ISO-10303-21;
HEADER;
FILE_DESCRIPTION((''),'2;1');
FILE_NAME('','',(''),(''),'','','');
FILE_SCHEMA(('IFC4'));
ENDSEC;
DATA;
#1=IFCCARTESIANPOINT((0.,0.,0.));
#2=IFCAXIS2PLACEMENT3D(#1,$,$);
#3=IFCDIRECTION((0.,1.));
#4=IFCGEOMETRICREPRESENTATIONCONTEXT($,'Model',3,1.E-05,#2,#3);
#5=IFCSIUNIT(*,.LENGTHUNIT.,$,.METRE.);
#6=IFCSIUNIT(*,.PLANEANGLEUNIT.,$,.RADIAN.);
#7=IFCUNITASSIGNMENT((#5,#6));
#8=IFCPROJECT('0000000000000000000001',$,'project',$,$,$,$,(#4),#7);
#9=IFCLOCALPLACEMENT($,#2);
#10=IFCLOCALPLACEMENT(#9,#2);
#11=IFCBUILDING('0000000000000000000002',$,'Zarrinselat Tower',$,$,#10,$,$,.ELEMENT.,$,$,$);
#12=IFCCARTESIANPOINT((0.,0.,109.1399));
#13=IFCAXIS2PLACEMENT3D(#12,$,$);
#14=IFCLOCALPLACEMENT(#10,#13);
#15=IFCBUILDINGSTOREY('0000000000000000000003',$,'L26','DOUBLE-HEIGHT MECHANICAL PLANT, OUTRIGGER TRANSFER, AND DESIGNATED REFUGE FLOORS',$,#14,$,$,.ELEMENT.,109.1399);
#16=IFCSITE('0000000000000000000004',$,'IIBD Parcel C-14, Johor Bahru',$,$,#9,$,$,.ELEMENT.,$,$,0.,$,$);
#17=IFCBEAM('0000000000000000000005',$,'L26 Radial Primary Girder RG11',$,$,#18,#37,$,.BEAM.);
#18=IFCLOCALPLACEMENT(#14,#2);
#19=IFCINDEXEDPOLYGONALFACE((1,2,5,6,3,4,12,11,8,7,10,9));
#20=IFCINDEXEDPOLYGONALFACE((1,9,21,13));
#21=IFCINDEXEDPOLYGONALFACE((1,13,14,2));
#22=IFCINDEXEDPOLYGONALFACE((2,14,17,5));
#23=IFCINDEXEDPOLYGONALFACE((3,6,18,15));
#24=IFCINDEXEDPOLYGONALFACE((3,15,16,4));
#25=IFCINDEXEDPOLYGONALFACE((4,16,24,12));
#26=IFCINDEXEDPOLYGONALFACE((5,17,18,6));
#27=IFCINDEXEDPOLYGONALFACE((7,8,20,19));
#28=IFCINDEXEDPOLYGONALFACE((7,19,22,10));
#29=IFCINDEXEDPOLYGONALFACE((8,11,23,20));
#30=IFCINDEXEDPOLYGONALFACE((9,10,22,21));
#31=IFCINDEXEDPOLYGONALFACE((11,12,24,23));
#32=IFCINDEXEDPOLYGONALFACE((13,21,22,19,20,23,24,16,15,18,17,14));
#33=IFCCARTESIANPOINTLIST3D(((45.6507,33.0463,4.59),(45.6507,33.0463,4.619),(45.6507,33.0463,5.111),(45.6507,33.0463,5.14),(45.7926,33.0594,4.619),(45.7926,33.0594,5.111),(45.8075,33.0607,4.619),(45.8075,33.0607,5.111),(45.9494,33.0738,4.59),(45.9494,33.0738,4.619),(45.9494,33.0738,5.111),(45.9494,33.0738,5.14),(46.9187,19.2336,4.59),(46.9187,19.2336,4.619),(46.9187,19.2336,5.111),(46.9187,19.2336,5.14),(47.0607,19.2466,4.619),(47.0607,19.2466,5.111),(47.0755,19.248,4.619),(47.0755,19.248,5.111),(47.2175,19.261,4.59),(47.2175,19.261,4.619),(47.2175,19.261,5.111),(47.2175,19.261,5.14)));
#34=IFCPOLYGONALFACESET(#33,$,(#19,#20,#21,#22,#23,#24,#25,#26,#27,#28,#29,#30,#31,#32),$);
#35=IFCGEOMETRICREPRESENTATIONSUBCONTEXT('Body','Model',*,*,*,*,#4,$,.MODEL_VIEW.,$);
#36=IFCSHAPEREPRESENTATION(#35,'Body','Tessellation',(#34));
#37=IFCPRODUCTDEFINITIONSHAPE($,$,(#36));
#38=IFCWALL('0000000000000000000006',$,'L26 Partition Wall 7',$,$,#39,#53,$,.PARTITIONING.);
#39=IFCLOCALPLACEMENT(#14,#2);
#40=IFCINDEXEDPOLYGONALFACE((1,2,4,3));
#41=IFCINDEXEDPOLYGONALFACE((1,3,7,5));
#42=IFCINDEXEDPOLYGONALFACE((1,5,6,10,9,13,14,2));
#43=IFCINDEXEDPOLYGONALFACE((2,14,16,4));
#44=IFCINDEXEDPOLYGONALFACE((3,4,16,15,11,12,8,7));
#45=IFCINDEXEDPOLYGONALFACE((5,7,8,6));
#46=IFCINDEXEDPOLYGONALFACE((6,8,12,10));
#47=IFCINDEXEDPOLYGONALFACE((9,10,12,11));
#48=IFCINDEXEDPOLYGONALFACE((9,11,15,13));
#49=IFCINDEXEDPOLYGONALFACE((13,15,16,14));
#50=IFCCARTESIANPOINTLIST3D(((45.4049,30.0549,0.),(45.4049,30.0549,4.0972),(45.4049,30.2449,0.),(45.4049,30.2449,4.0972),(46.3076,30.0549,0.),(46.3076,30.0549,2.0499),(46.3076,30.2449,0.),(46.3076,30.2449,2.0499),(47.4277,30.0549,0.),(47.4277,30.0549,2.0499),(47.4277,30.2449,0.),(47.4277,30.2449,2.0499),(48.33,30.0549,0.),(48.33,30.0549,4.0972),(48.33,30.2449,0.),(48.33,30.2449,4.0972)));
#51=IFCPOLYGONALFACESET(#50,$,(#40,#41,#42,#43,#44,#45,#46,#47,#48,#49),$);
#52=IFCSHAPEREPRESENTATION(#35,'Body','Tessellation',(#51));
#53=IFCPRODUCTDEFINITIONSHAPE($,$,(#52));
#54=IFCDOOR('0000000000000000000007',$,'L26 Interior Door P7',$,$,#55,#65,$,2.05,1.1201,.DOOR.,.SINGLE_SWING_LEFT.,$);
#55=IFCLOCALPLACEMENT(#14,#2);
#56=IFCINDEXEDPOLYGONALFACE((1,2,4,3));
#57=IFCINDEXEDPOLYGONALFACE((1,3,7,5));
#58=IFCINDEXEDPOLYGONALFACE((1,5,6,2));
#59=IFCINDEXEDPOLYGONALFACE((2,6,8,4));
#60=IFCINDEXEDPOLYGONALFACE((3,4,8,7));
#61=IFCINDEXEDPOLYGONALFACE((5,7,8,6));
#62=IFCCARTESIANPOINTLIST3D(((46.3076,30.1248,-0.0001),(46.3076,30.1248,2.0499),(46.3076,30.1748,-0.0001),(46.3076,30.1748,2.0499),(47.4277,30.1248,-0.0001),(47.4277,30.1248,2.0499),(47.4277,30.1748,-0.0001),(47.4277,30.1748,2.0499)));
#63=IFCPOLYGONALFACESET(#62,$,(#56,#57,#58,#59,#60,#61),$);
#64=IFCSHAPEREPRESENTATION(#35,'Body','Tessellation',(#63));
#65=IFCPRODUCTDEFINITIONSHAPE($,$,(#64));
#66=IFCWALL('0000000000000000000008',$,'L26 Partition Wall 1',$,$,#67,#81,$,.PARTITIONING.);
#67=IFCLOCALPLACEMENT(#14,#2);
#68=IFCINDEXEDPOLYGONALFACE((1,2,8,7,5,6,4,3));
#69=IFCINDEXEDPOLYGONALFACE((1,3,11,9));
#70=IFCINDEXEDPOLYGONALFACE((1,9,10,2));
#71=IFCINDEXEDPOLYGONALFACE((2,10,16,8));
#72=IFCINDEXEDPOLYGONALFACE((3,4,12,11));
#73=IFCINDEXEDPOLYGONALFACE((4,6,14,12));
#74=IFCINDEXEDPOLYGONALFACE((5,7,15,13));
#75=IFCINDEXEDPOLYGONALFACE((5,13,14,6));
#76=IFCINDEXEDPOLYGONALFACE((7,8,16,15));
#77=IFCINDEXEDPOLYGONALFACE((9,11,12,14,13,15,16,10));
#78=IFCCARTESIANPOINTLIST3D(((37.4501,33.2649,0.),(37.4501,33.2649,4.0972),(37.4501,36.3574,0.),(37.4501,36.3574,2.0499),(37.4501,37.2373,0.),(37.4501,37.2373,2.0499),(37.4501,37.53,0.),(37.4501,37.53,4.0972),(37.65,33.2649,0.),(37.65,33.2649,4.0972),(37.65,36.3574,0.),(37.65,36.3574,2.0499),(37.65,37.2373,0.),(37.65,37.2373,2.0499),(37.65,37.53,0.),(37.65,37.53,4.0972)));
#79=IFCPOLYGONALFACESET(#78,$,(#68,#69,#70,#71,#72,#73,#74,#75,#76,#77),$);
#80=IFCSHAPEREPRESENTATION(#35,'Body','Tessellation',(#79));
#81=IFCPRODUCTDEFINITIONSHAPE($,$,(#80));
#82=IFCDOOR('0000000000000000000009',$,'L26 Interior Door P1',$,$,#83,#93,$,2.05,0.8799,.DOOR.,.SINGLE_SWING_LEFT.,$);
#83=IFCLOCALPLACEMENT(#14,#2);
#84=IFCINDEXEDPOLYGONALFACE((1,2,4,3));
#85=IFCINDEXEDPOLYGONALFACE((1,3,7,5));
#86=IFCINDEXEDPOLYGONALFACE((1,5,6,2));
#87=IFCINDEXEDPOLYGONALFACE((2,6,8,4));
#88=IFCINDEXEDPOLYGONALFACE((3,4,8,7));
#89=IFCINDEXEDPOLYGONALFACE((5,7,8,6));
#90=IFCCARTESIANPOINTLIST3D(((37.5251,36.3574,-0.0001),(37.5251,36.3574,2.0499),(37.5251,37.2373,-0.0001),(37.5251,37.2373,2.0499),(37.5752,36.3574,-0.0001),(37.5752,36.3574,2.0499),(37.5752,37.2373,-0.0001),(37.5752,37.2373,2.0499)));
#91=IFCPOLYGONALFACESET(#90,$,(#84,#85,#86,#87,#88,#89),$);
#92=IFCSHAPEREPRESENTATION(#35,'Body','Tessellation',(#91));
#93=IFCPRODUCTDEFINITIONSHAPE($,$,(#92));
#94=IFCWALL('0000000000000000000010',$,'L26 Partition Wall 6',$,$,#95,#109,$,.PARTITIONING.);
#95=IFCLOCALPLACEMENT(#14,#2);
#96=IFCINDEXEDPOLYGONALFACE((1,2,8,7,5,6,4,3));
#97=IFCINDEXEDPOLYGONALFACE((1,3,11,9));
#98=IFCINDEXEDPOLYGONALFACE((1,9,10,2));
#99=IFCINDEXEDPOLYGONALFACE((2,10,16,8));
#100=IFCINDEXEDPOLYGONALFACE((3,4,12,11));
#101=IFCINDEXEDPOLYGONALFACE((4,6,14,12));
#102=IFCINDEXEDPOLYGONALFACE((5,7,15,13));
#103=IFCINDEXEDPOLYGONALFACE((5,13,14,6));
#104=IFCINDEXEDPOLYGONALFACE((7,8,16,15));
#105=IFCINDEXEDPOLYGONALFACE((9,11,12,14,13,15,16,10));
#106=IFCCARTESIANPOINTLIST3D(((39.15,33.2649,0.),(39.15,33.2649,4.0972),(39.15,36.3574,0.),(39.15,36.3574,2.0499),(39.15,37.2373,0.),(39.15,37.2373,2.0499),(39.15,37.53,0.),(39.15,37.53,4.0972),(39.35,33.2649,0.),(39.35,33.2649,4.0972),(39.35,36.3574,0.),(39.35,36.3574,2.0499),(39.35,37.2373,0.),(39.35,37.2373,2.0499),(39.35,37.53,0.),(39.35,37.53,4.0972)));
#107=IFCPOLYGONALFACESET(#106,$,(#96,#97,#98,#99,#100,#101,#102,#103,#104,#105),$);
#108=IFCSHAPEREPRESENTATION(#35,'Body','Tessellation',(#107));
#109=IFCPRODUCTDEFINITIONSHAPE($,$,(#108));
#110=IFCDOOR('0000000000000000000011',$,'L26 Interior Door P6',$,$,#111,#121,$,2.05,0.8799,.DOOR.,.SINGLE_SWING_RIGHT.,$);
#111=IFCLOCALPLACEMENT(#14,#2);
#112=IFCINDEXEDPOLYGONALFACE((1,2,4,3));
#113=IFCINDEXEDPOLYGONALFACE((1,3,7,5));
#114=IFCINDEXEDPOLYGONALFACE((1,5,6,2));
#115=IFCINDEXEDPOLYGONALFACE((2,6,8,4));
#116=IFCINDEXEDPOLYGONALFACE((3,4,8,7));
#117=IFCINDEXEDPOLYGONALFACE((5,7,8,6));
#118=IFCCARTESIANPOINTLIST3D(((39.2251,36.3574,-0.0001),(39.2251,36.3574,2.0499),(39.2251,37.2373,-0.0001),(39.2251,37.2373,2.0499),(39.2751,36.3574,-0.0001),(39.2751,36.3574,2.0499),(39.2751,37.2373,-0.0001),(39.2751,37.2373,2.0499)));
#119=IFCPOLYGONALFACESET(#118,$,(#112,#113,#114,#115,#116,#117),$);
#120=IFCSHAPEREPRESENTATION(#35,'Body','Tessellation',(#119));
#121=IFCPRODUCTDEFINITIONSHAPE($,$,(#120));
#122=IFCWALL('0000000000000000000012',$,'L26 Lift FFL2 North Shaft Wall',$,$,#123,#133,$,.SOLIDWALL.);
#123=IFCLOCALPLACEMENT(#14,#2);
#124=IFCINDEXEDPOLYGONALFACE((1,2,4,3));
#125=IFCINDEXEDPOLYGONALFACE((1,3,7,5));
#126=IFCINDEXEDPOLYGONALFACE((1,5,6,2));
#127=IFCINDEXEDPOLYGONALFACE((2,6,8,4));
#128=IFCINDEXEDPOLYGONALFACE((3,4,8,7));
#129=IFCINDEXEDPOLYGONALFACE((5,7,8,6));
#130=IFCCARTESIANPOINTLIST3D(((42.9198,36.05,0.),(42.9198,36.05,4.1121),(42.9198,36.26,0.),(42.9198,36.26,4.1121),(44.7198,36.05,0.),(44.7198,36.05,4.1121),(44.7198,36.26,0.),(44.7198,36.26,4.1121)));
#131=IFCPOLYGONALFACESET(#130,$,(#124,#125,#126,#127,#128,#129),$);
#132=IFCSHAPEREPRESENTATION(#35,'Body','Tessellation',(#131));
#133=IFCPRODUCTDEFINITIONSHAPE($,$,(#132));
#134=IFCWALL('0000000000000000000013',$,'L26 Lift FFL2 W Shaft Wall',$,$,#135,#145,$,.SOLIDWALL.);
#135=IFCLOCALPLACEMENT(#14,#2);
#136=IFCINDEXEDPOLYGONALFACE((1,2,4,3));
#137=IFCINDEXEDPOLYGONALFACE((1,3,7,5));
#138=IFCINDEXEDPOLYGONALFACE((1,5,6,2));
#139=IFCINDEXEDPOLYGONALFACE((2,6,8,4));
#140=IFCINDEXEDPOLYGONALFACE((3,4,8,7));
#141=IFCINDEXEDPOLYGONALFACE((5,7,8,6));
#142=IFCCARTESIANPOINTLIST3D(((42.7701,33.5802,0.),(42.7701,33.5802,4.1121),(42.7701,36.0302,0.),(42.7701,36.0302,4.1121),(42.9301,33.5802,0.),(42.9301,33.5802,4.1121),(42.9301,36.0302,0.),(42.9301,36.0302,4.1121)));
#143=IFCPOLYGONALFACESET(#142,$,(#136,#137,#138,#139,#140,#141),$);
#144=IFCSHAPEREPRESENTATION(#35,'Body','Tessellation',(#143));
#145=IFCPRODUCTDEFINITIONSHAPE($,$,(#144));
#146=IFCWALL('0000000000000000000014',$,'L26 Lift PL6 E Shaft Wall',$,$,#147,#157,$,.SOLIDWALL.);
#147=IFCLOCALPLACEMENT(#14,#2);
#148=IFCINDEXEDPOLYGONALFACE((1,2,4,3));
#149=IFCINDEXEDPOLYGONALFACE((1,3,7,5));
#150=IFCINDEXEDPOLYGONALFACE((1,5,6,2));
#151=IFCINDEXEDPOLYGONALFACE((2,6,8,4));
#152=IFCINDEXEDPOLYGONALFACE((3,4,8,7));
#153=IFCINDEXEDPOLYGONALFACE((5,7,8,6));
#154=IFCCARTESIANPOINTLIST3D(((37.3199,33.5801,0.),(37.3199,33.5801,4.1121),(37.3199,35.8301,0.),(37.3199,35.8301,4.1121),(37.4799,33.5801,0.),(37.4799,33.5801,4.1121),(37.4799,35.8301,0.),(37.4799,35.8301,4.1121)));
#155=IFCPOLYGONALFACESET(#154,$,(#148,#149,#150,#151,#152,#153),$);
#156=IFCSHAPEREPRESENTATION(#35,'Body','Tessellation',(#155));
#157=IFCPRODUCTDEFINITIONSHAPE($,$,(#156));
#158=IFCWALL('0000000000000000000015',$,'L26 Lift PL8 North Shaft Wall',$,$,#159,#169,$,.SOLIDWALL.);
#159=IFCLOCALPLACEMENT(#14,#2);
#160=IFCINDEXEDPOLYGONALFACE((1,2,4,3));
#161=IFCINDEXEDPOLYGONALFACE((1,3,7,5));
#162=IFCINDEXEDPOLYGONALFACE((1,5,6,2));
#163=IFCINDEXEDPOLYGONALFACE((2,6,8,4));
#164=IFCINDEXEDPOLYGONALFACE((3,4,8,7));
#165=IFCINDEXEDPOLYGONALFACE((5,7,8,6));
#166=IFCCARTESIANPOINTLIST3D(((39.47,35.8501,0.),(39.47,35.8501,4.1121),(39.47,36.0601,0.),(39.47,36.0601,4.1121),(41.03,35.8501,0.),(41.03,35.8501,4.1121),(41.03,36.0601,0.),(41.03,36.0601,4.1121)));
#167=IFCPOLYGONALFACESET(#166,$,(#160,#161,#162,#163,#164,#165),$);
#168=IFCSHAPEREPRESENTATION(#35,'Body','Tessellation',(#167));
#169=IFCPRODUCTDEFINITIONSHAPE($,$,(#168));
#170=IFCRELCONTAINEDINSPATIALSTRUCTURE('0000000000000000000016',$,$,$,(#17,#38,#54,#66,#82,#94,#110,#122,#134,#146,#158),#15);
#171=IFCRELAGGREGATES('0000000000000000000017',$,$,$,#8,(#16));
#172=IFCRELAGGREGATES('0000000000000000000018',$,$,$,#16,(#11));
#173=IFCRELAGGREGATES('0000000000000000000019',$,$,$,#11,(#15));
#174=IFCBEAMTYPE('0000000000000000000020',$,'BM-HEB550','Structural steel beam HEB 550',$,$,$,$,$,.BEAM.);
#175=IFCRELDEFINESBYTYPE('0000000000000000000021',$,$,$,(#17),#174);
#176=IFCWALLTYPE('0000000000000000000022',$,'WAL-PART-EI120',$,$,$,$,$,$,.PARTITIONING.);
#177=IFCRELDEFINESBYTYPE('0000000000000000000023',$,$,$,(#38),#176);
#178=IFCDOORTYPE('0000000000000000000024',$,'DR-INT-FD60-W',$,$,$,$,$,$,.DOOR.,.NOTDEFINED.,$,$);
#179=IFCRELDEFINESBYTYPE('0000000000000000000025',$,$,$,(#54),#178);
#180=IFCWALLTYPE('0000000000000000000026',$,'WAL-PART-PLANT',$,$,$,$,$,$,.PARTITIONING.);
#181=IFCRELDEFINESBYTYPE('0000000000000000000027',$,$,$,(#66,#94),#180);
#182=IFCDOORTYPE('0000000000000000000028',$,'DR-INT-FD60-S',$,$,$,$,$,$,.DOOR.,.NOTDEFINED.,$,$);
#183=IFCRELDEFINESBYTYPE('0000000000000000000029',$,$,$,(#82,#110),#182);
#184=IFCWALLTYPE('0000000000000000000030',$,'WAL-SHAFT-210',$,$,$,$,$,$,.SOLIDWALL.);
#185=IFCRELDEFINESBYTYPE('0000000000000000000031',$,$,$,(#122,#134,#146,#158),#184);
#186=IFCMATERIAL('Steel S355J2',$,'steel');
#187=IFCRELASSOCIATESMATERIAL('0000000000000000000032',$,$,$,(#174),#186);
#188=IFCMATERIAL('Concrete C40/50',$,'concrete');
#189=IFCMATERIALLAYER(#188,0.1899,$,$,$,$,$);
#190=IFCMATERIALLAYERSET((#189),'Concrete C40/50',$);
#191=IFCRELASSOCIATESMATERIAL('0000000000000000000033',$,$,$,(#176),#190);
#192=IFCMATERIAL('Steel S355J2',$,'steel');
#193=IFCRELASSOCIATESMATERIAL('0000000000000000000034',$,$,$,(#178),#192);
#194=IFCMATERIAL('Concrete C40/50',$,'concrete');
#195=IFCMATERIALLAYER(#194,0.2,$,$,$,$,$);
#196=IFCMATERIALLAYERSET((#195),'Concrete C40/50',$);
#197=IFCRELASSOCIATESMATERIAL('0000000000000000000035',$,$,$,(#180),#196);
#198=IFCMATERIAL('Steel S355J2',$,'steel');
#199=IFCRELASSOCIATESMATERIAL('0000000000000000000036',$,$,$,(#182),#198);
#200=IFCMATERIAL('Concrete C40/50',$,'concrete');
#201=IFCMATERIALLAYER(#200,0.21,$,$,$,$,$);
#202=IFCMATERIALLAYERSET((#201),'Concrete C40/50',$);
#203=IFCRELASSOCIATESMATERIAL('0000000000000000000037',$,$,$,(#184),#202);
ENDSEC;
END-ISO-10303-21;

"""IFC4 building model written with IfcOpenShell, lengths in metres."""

from ifc_helpers import new_model, si_unit, direction, frame, frame_2d, origin, origin_2d, place, context, subcontext, project, spatial, rectangle, i_section, extrude, material, layer, layer_set, material_profile, profile_set, type_object, element, fill, save


model = new_model("IFC4")

# Units and contexts
model_context = context("Model", 3, precision=1e-05, world=origin(), true_north=direction((0.0, 1.0)))
body_context = subcontext(model_context, "Body", "Model", "MODEL_VIEW")
ifc_project = project(units=[si_unit("LENGTHUNIT", "METRE"), si_unit("PLANEANGLEUNIT", "RADIAN")], contexts=[model_context])

# Site, building, storey
site_placement = place(None, origin())
site = spatial("IfcSite", under=ifc_project, at=site_placement, Name="IIBD Parcel C-14, Johor Bahru", CompositionType="ELEMENT", RefElevation=0.0)
building_placement = place(site_placement, origin())
building = spatial("IfcBuilding", under=site, at=building_placement, Name="Zarrinselat Tower", CompositionType="ELEMENT")
storey_placement = place(building_placement, frame((0.0, 0.0, 109.1399)))
storey = spatial("IfcBuildingStorey", under=building, at=storey_placement, Name="L26", Description="DOUBLE-HEIGHT MECHANICAL PLANT, OUTRIGGER TRANSFER, AND DESIGNATED REFUGE FLOORS", CompositionType="ELEMENT", Elevation=109.1399)

# Beam
ifc_material_1 = material(Name="Steel S355J2", Category="steel")
ifc_material_profile = material_profile(ifc_material_1, i_section(OverallWidth=0.3, OverallDepth=0.55, WebThickness=0.0149, FlangeThickness=0.0291, at=origin_2d()), Name="HEB 550")
ifc_profile_set = profile_set([ifc_material_profile], Name="Steel S355J2")
beam_type = type_object("IfcBeamType", Name="BM-HEB550", Description="Structural steel beam HEB 550", PredefinedType="BEAM", material=ifc_profile_set)
beam_placement = place(storey_placement, frame((45.8, 33.0601, 4.865), z_axis=(0.09142, -0.995812, 0.0), x_axis=(0.995812, 0.09142, 0.0)))
element("IfcBeam", 1, at=beam_placement, inside=storey, type_object=beam_type, Name="L26 Radial Primary Girder RG11", PredefinedType="BEAM", context=body_context, shape_type="SweptSolid", body=[
    extrude(i_section(OverallWidth=0.3, OverallDepth=0.55, WebThickness=0.0149, FlangeThickness=0.0291, at=origin_2d()), origin(), (0.0, 0.0, 1.0), 13.8708),
])

# Walls, openings, doors
ifc_material_2 = material(Name="Concrete C40/50", Category="concrete")
ifc_layer_1 = layer(ifc_material_2, 0.1899)
ifc_layer_set_1 = layer_set([ifc_layer_1], Name="Concrete C40/50")
wall_type_1 = type_object("IfcWallType", Name="WAL-PART-EI120", PredefinedType="PARTITIONING", material=ifc_layer_set_1)
wall_1_placement = place(storey_placement, frame((45.405, 30.1499, 0.0), z_axis=(0.0, 0.0, 1.0), x_axis=(1.0, 0.0, 0.0)))
wall_1 = element("IfcWall", 2, at=wall_1_placement, inside=storey, type_object=wall_type_1, Name="L26 Partition Wall 7", PredefinedType="PARTITIONING", context=body_context, shape_type="SweptSolid", body=[
    extrude(rectangle(XDim=2.925, YDim=0.1899, at=frame_2d((1.4624, 0.0))), origin(), (0.0, 0.0, 1.0), 4.0972),
])
opening_1_placement = place(wall_1_placement, frame((0.9026, 0.0, 0.0)))
opening_1 = element("IfcOpeningElement", 3, at=opening_1_placement, cuts=wall_1, PredefinedType="OPENING", context=body_context, shape_type="SweptSolid", body=[
    extrude(rectangle(XDim=1.1201, YDim=2.05, at=frame_2d((0.5601, 1.0249))), frame((0.0, 0.105, 0.0), z_axis=(0.0, -1.0, 0.0), x_axis=(1.0, 0.0, 0.0)), (0.0, 0.0, 1.0), 0.21),
])
ifc_material_3 = material(Name="Steel S355J2", Category="steel")
door_type_1 = type_object("IfcDoorType", Name="DR-INT-FD60-W", OperationType="NOTDEFINED", PredefinedType="DOOR", material=ifc_material_3)
door_1_placement = place(opening_1_placement, origin())
door_1 = element("IfcDoor", 4, at=door_1_placement, inside=storey, type_object=door_type_1, Name="L26 Interior Door P7", OperationType="SINGLE_SWING_LEFT", OverallHeight=2.05, OverallWidth=1.1201, PredefinedType="DOOR", context=body_context, shape_type="SweptSolid", body=[
    extrude(rectangle(XDim=1.1201, YDim=2.05, at=frame_2d((0.5601, 1.0249))), frame((0.0, 0.0249, 0.0), z_axis=(0.0, -1.0, 0.0), x_axis=(1.0, 0.0, 0.0)), (0.0, 0.0, 1.0), 0.05),
])
fill(opening_1, door_1)
ifc_material_4 = material(Name="Concrete C40/50", Category="concrete")
ifc_layer_2 = layer(ifc_material_4, 0.2)
ifc_layer_set_2 = layer_set([ifc_layer_2], Name="Concrete C40/50")
wall_type_2 = type_object("IfcWallType", Name="WAL-PART-PLANT", PredefinedType="PARTITIONING", material=ifc_layer_set_2)
wall_2_placement = place(storey_placement, frame((37.55, 33.2649, 0.0), z_axis=(0.0, 0.0, 1.0), x_axis=(0.0, 1.0, 0.0)))
wall_2 = element("IfcWall", 5, at=wall_2_placement, inside=storey, type_object=wall_type_2, Name="L26 Partition Wall 1", PredefinedType="PARTITIONING", context=body_context, shape_type="SweptSolid", body=[
    extrude(rectangle(XDim=4.2651, YDim=0.2, at=frame_2d((2.1326, 0.0))), origin(), (0.0, 0.0, 1.0), 4.0972),
])
opening_2_placement = place(wall_2_placement, frame((3.0925, 0.0, 0.0)))
opening_2 = element("IfcOpeningElement", 6, at=opening_2_placement, cuts=wall_2, PredefinedType="OPENING", context=body_context, shape_type="SweptSolid", body=[
    extrude(rectangle(XDim=0.8799, YDim=2.05, at=frame_2d((0.4399, 1.0249))), frame((0.0, 0.1099, 0.0), z_axis=(0.0, -1.0, 0.0), x_axis=(1.0, 0.0, 0.0)), (0.0, 0.0, 1.0), 0.22),
])
ifc_material_5 = material(Name="Steel S355J2", Category="steel")
door_type_2 = type_object("IfcDoorType", Name="DR-INT-FD60-S", OperationType="NOTDEFINED", PredefinedType="DOOR", material=ifc_material_5)
door_2_placement = place(opening_2_placement, origin())
door_2 = element("IfcDoor", 7, at=door_2_placement, inside=storey, type_object=door_type_2, Name="L26 Interior Door P1", OperationType="SINGLE_SWING_LEFT", OverallHeight=2.05, OverallWidth=0.8799, PredefinedType="DOOR", context=body_context, shape_type="SweptSolid", body=[
    extrude(rectangle(XDim=0.8799, YDim=2.05, at=frame_2d((0.4399, 1.0249))), frame((0.0, 0.0249, 0.0), z_axis=(0.0, -1.0, 0.0), x_axis=(1.0, 0.0, 0.0)), (0.0, 0.0, 1.0), 0.05),
])
fill(opening_2, door_2)
wall_3_placement = place(storey_placement, frame((39.25, 33.2649, 0.0), z_axis=(0.0, 0.0, 1.0), x_axis=(0.0, 1.0, 0.0)))
wall_3 = element("IfcWall", 8, at=wall_3_placement, inside=storey, type_object=wall_type_2, Name="L26 Partition Wall 6", PredefinedType="PARTITIONING", context=body_context, shape_type="SweptSolid", body=[
    extrude(rectangle(XDim=4.2651, YDim=0.2, at=frame_2d((2.1326, 0.0))), origin(), (0.0, 0.0, 1.0), 4.0972),
])
opening_3_placement = place(wall_3_placement, frame((3.0925, 0.0, 0.0)))
opening_3 = element("IfcOpeningElement", 9, at=opening_3_placement, cuts=wall_3, PredefinedType="OPENING", context=body_context, shape_type="SweptSolid", body=[
    extrude(rectangle(XDim=0.8799, YDim=2.05, at=frame_2d((0.4399, 1.0249))), frame((0.0, 0.1099, 0.0), z_axis=(0.0, -1.0, 0.0), x_axis=(1.0, 0.0, 0.0)), (0.0, 0.0, 1.0), 0.22),
])
door_3_placement = place(opening_3_placement, origin())
door_3 = element("IfcDoor", 10, at=door_3_placement, inside=storey, type_object=door_type_2, Name="L26 Interior Door P6", OperationType="SINGLE_SWING_RIGHT", OverallHeight=2.05, OverallWidth=0.8799, PredefinedType="DOOR", context=body_context, shape_type="SweptSolid", body=[
    extrude(rectangle(XDim=0.8799, YDim=2.05, at=frame_2d((0.4399, 1.0249))), frame((0.0, 0.0249, 0.0), z_axis=(0.0, -1.0, 0.0), x_axis=(1.0, 0.0, 0.0)), (0.0, 0.0, 1.0), 0.05),
])
fill(opening_3, door_3)

# Walls
ifc_material_6 = material(Name="Concrete C40/50", Category="concrete")
ifc_layer_3 = layer(ifc_material_6, 0.21)
ifc_layer_set_3 = layer_set([ifc_layer_3], Name="Concrete C40/50")
wall_type_3 = type_object("IfcWallType", Name="WAL-SHAFT-210", PredefinedType="SOLIDWALL", material=ifc_layer_set_3)
wall_4_placement = place(storey_placement, frame((42.9199, 36.155, 0.0), z_axis=(0.0, 0.0, 1.0), x_axis=(1.0, 0.0, 0.0)))
element("IfcWall", 11, at=wall_4_placement, inside=storey, type_object=wall_type_3, Name="L26 Lift FFL2 North Shaft Wall", PredefinedType="SOLIDWALL", context=body_context, shape_type="SweptSolid", body=[
    extrude(rectangle(XDim=1.8, YDim=0.21, at=frame_2d((0.8999, 0.0))), origin(), (0.0, 0.0, 1.0), 4.1121),
])
wall_5_placement = place(storey_placement, frame((42.8501, 33.5801, 0.0), z_axis=(0.0, 0.0, 1.0), x_axis=(0.0, 1.0, 0.0)))
element("IfcWall", 12, at=wall_5_placement, inside=storey, type_object=wall_type_3, Name="L26 Lift FFL2 W Shaft Wall", PredefinedType="SOLIDWALL", context=body_context, shape_type="SweptSolid", body=[
    extrude(rectangle(XDim=2.45, YDim=0.1599, at=frame_2d((1.2251, 0.0))), origin(), (0.0, 0.0, 1.0), 4.1121),
])
wall_6_placement = place(storey_placement, frame((37.3999, 33.5801, 0.0), z_axis=(0.0, 0.0, 1.0), x_axis=(0.0, 1.0, 0.0)))
element("IfcWall", 13, at=wall_6_placement, inside=storey, type_object=wall_type_3, Name="L26 Lift PL6 E Shaft Wall", PredefinedType="SOLIDWALL", context=body_context, shape_type="SweptSolid", body=[
    extrude(rectangle(XDim=2.25, YDim=0.1599, at=frame_2d((1.125, 0.0))), origin(), (0.0, 0.0, 1.0), 4.1121),
])
wall_7_placement = place(storey_placement, frame((39.47, 35.9551, 0.0), z_axis=(0.0, 0.0, 1.0), x_axis=(1.0, 0.0, 0.0)))
element("IfcWall", 14, at=wall_7_placement, inside=storey, type_object=wall_type_3, Name="L26 Lift PL8 North Shaft Wall", PredefinedType="SOLIDWALL", context=body_context, shape_type="SweptSolid", body=[
    extrude(rectangle(XDim=1.5601, YDim=0.21, at=frame_2d((0.78, 0.0))), origin(), (0.0, 0.0, 1.0), 4.1121),
])

save(model, "model.ifc")
